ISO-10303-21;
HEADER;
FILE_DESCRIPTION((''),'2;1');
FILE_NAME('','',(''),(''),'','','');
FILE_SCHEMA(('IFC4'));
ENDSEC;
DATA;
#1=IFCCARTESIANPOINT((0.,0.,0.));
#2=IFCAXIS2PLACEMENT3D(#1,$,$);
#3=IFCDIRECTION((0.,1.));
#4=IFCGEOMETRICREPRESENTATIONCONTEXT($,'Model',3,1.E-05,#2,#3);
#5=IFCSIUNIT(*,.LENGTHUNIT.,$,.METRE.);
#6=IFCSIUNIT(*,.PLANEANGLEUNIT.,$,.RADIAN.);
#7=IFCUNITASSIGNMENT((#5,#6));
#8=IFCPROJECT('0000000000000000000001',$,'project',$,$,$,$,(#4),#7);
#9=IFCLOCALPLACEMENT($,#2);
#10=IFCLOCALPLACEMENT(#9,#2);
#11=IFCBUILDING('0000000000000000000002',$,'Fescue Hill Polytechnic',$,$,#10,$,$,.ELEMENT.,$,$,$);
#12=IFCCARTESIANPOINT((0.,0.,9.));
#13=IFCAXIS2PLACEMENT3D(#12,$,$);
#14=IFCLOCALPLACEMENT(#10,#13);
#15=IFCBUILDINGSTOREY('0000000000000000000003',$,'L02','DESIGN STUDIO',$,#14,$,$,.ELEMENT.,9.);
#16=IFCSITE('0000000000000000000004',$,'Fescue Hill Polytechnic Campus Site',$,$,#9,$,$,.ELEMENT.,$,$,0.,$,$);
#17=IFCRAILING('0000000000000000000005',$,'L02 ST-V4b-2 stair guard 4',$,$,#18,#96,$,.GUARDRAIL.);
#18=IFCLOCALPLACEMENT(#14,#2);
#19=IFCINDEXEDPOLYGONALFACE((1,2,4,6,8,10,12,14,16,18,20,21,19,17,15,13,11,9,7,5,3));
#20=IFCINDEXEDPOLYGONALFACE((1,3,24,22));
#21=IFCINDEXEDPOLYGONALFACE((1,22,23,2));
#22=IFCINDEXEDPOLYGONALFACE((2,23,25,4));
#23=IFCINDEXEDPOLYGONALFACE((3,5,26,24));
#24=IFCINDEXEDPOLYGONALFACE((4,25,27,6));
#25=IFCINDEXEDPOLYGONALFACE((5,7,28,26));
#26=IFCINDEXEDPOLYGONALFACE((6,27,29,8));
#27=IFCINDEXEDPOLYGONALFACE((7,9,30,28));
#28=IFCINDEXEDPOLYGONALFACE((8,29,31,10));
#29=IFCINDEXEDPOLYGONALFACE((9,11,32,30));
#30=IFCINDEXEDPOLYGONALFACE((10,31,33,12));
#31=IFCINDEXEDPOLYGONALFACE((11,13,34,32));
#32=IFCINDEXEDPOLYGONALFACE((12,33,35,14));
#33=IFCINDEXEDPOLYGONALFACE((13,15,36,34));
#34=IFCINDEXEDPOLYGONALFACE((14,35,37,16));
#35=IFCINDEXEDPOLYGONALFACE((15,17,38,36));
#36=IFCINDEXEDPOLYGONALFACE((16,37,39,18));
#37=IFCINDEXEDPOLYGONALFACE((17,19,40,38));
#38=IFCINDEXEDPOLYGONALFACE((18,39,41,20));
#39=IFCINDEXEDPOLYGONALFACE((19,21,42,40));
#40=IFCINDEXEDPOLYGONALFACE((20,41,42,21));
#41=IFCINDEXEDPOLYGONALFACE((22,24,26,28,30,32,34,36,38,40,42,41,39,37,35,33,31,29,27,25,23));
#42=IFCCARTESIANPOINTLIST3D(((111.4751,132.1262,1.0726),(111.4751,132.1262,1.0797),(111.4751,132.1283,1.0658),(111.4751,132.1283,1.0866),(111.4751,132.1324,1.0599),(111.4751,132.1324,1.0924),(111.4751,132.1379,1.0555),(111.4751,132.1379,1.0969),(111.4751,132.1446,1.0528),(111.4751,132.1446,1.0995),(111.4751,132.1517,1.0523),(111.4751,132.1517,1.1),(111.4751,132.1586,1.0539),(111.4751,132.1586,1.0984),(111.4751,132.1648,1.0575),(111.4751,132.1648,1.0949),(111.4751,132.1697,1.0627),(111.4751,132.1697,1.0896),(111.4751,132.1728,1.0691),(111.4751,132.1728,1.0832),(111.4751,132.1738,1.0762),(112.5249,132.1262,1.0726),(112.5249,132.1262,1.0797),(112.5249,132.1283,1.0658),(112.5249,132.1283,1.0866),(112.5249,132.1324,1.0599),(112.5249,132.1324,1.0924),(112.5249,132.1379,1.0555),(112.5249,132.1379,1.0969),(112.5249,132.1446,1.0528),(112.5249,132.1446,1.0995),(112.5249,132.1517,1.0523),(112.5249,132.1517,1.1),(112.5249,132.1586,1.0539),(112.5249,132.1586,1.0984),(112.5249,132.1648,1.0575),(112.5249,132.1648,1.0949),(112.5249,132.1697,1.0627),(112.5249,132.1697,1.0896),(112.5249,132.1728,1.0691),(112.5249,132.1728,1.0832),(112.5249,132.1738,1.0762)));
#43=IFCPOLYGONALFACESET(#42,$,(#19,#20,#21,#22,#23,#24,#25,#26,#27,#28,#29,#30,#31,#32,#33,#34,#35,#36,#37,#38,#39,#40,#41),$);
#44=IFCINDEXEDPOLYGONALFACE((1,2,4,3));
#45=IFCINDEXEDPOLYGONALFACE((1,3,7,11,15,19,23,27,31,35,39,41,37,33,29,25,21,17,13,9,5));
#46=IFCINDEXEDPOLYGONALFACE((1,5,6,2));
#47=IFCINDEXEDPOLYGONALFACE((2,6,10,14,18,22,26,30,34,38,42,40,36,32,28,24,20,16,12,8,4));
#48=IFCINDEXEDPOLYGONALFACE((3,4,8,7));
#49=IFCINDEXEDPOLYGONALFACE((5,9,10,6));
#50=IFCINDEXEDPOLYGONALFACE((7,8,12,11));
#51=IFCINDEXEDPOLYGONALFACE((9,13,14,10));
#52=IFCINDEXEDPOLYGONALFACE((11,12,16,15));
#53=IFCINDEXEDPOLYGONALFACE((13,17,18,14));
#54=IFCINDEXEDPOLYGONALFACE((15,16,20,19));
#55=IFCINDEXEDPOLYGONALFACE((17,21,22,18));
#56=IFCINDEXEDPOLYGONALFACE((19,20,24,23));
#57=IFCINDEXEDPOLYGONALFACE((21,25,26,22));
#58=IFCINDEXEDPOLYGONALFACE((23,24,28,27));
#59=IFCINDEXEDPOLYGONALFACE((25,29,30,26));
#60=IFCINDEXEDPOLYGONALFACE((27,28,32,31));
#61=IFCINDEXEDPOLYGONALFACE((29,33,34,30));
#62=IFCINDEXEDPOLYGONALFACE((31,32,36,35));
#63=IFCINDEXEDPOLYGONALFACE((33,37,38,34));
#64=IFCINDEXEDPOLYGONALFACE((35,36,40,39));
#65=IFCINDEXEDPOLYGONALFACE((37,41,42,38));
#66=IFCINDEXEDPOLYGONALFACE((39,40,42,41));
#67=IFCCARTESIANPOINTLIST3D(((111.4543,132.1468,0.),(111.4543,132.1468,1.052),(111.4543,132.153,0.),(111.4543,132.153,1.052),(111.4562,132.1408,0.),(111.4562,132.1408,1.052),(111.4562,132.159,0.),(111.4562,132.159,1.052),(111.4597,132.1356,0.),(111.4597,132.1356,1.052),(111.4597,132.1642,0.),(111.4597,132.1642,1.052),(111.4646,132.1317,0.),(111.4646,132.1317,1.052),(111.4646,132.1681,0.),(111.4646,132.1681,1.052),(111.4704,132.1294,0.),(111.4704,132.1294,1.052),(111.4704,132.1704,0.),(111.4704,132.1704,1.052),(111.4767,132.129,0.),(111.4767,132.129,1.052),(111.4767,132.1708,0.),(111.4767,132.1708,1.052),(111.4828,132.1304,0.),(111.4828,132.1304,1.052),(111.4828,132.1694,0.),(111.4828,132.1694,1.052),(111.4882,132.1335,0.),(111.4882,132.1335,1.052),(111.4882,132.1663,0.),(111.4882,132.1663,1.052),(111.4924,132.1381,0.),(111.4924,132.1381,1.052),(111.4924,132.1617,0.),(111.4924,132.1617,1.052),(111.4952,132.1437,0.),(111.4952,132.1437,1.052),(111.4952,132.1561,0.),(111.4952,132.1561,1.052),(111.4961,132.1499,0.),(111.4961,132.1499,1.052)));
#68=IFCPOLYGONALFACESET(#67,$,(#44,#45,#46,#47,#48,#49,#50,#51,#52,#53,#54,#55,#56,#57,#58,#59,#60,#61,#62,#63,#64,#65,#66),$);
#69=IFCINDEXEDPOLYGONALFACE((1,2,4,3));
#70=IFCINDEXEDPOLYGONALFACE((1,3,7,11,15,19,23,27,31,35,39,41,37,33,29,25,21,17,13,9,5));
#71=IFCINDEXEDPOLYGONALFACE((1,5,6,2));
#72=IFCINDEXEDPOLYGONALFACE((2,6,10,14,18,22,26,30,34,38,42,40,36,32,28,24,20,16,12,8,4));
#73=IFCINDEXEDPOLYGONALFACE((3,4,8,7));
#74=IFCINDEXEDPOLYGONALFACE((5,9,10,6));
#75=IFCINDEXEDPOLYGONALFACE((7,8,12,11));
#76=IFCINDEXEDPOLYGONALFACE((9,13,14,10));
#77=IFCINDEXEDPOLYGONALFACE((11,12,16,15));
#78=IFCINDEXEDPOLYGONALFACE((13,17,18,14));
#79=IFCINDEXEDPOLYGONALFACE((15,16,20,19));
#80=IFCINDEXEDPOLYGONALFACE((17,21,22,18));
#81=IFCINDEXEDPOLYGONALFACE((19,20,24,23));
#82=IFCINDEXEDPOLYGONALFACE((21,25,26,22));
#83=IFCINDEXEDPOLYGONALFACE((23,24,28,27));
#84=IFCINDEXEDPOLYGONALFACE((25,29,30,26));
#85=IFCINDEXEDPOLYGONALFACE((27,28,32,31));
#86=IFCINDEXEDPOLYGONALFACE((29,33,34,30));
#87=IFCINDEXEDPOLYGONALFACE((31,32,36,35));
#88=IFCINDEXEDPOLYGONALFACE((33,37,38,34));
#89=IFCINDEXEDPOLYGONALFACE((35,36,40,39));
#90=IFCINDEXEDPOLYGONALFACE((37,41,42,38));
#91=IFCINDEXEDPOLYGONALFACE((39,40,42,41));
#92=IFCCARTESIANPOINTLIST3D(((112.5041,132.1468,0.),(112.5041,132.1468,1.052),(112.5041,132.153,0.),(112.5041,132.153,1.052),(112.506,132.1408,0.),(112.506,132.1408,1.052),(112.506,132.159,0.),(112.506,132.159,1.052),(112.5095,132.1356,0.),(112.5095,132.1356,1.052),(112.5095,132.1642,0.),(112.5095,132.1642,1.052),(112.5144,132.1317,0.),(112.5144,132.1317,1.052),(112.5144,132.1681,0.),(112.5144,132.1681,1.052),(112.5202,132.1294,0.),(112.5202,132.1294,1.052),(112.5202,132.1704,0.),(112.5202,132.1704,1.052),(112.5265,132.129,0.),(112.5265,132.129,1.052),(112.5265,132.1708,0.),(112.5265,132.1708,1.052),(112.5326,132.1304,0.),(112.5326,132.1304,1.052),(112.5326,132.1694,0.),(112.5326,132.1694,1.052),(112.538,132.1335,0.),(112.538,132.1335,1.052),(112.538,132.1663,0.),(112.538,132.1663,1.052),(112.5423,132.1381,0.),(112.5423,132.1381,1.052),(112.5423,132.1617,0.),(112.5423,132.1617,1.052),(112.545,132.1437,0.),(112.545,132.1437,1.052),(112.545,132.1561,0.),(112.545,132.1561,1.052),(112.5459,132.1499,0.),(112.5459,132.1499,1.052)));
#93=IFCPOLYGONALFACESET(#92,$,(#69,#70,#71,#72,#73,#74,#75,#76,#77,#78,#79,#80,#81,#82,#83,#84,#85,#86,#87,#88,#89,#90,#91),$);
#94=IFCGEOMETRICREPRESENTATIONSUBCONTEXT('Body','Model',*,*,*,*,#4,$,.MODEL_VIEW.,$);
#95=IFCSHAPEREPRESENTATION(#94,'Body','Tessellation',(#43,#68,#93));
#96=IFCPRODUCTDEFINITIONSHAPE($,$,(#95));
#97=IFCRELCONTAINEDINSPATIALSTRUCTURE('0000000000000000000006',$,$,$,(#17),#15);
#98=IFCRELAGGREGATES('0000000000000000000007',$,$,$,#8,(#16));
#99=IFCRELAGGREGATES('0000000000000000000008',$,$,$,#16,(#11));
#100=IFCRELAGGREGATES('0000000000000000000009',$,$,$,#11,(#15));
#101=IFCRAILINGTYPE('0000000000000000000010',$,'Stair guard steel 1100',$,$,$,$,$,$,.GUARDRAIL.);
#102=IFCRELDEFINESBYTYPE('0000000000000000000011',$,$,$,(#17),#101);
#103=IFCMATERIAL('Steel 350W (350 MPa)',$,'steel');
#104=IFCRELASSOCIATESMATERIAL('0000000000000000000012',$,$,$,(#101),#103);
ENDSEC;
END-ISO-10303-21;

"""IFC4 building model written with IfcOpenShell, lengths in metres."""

from ifc_helpers import new_model, si_unit, direction, frame, origin, origin_2d, place, context, subcontext, project, spatial, circle, extrude, material, type_object, element, save


model = new_model("IFC4")

# Units and contexts
model_context = context("Model", 3, precision=1e-05, world=origin(), true_north=direction((0.0, 1.0)))
body_context = subcontext(model_context, "Body", "Model", "MODEL_VIEW")
ifc_project = project(units=[si_unit("LENGTHUNIT", "METRE"), si_unit("PLANEANGLEUNIT", "RADIAN")], contexts=[model_context])

# Site, building, storey
site_placement = place(None, origin())
site = spatial("IfcSite", under=ifc_project, at=site_placement, Name="Fescue Hill Polytechnic Campus Site", CompositionType="ELEMENT", RefElevation=0.0)
building_placement = place(site_placement, origin())
building = spatial("IfcBuilding", under=site, at=building_placement, Name="Fescue Hill Polytechnic", CompositionType="ELEMENT")
storey_placement = place(building_placement, frame((0.0, 0.0, 9.0)))
storey = spatial("IfcBuildingStorey", under=building, at=storey_placement, Name="L02", Description="DESIGN STUDIO", CompositionType="ELEMENT", Elevation=9.0)

# Railing
ifc_material_1 = material(Name="Steel 350W (350 MPa)", Category="steel")
railing_type_1 = type_object("IfcRailingType", Name="Stair guard steel 1100", PredefinedType="GUARDRAIL", material=ifc_material_1)
railing_1_placement = place(storey_placement, frame((111.4751, 132.1499, 0.0)))
element("IfcRailing", 1, at=railing_1_placement, inside=storey, type_object=railing_type_1, Name="L02 ST-V4b-2 stair guard 4", PredefinedType="GUARDRAIL", context=body_context, shape_type="SweptSolid", body=[
    extrude(circle(Radius=0.0239, at=origin_2d()), frame((0.0, 0.0, 1.0762), z_axis=(1.0, 0.0, 0.0), x_axis=(0.0, 1.0, 0.0)), (0.0, 0.0, 1.0), 1.0498),
    extrude(circle(Radius=0.021, at=origin_2d()), origin(), (0.0, 0.0, 1.0), 1.052),
    extrude(circle(Radius=0.021, at=origin_2d()), frame((1.0498, 0.0, 0.0)), (0.0, 0.0, 1.0), 1.052),
])

save(model, "model.ifc")
